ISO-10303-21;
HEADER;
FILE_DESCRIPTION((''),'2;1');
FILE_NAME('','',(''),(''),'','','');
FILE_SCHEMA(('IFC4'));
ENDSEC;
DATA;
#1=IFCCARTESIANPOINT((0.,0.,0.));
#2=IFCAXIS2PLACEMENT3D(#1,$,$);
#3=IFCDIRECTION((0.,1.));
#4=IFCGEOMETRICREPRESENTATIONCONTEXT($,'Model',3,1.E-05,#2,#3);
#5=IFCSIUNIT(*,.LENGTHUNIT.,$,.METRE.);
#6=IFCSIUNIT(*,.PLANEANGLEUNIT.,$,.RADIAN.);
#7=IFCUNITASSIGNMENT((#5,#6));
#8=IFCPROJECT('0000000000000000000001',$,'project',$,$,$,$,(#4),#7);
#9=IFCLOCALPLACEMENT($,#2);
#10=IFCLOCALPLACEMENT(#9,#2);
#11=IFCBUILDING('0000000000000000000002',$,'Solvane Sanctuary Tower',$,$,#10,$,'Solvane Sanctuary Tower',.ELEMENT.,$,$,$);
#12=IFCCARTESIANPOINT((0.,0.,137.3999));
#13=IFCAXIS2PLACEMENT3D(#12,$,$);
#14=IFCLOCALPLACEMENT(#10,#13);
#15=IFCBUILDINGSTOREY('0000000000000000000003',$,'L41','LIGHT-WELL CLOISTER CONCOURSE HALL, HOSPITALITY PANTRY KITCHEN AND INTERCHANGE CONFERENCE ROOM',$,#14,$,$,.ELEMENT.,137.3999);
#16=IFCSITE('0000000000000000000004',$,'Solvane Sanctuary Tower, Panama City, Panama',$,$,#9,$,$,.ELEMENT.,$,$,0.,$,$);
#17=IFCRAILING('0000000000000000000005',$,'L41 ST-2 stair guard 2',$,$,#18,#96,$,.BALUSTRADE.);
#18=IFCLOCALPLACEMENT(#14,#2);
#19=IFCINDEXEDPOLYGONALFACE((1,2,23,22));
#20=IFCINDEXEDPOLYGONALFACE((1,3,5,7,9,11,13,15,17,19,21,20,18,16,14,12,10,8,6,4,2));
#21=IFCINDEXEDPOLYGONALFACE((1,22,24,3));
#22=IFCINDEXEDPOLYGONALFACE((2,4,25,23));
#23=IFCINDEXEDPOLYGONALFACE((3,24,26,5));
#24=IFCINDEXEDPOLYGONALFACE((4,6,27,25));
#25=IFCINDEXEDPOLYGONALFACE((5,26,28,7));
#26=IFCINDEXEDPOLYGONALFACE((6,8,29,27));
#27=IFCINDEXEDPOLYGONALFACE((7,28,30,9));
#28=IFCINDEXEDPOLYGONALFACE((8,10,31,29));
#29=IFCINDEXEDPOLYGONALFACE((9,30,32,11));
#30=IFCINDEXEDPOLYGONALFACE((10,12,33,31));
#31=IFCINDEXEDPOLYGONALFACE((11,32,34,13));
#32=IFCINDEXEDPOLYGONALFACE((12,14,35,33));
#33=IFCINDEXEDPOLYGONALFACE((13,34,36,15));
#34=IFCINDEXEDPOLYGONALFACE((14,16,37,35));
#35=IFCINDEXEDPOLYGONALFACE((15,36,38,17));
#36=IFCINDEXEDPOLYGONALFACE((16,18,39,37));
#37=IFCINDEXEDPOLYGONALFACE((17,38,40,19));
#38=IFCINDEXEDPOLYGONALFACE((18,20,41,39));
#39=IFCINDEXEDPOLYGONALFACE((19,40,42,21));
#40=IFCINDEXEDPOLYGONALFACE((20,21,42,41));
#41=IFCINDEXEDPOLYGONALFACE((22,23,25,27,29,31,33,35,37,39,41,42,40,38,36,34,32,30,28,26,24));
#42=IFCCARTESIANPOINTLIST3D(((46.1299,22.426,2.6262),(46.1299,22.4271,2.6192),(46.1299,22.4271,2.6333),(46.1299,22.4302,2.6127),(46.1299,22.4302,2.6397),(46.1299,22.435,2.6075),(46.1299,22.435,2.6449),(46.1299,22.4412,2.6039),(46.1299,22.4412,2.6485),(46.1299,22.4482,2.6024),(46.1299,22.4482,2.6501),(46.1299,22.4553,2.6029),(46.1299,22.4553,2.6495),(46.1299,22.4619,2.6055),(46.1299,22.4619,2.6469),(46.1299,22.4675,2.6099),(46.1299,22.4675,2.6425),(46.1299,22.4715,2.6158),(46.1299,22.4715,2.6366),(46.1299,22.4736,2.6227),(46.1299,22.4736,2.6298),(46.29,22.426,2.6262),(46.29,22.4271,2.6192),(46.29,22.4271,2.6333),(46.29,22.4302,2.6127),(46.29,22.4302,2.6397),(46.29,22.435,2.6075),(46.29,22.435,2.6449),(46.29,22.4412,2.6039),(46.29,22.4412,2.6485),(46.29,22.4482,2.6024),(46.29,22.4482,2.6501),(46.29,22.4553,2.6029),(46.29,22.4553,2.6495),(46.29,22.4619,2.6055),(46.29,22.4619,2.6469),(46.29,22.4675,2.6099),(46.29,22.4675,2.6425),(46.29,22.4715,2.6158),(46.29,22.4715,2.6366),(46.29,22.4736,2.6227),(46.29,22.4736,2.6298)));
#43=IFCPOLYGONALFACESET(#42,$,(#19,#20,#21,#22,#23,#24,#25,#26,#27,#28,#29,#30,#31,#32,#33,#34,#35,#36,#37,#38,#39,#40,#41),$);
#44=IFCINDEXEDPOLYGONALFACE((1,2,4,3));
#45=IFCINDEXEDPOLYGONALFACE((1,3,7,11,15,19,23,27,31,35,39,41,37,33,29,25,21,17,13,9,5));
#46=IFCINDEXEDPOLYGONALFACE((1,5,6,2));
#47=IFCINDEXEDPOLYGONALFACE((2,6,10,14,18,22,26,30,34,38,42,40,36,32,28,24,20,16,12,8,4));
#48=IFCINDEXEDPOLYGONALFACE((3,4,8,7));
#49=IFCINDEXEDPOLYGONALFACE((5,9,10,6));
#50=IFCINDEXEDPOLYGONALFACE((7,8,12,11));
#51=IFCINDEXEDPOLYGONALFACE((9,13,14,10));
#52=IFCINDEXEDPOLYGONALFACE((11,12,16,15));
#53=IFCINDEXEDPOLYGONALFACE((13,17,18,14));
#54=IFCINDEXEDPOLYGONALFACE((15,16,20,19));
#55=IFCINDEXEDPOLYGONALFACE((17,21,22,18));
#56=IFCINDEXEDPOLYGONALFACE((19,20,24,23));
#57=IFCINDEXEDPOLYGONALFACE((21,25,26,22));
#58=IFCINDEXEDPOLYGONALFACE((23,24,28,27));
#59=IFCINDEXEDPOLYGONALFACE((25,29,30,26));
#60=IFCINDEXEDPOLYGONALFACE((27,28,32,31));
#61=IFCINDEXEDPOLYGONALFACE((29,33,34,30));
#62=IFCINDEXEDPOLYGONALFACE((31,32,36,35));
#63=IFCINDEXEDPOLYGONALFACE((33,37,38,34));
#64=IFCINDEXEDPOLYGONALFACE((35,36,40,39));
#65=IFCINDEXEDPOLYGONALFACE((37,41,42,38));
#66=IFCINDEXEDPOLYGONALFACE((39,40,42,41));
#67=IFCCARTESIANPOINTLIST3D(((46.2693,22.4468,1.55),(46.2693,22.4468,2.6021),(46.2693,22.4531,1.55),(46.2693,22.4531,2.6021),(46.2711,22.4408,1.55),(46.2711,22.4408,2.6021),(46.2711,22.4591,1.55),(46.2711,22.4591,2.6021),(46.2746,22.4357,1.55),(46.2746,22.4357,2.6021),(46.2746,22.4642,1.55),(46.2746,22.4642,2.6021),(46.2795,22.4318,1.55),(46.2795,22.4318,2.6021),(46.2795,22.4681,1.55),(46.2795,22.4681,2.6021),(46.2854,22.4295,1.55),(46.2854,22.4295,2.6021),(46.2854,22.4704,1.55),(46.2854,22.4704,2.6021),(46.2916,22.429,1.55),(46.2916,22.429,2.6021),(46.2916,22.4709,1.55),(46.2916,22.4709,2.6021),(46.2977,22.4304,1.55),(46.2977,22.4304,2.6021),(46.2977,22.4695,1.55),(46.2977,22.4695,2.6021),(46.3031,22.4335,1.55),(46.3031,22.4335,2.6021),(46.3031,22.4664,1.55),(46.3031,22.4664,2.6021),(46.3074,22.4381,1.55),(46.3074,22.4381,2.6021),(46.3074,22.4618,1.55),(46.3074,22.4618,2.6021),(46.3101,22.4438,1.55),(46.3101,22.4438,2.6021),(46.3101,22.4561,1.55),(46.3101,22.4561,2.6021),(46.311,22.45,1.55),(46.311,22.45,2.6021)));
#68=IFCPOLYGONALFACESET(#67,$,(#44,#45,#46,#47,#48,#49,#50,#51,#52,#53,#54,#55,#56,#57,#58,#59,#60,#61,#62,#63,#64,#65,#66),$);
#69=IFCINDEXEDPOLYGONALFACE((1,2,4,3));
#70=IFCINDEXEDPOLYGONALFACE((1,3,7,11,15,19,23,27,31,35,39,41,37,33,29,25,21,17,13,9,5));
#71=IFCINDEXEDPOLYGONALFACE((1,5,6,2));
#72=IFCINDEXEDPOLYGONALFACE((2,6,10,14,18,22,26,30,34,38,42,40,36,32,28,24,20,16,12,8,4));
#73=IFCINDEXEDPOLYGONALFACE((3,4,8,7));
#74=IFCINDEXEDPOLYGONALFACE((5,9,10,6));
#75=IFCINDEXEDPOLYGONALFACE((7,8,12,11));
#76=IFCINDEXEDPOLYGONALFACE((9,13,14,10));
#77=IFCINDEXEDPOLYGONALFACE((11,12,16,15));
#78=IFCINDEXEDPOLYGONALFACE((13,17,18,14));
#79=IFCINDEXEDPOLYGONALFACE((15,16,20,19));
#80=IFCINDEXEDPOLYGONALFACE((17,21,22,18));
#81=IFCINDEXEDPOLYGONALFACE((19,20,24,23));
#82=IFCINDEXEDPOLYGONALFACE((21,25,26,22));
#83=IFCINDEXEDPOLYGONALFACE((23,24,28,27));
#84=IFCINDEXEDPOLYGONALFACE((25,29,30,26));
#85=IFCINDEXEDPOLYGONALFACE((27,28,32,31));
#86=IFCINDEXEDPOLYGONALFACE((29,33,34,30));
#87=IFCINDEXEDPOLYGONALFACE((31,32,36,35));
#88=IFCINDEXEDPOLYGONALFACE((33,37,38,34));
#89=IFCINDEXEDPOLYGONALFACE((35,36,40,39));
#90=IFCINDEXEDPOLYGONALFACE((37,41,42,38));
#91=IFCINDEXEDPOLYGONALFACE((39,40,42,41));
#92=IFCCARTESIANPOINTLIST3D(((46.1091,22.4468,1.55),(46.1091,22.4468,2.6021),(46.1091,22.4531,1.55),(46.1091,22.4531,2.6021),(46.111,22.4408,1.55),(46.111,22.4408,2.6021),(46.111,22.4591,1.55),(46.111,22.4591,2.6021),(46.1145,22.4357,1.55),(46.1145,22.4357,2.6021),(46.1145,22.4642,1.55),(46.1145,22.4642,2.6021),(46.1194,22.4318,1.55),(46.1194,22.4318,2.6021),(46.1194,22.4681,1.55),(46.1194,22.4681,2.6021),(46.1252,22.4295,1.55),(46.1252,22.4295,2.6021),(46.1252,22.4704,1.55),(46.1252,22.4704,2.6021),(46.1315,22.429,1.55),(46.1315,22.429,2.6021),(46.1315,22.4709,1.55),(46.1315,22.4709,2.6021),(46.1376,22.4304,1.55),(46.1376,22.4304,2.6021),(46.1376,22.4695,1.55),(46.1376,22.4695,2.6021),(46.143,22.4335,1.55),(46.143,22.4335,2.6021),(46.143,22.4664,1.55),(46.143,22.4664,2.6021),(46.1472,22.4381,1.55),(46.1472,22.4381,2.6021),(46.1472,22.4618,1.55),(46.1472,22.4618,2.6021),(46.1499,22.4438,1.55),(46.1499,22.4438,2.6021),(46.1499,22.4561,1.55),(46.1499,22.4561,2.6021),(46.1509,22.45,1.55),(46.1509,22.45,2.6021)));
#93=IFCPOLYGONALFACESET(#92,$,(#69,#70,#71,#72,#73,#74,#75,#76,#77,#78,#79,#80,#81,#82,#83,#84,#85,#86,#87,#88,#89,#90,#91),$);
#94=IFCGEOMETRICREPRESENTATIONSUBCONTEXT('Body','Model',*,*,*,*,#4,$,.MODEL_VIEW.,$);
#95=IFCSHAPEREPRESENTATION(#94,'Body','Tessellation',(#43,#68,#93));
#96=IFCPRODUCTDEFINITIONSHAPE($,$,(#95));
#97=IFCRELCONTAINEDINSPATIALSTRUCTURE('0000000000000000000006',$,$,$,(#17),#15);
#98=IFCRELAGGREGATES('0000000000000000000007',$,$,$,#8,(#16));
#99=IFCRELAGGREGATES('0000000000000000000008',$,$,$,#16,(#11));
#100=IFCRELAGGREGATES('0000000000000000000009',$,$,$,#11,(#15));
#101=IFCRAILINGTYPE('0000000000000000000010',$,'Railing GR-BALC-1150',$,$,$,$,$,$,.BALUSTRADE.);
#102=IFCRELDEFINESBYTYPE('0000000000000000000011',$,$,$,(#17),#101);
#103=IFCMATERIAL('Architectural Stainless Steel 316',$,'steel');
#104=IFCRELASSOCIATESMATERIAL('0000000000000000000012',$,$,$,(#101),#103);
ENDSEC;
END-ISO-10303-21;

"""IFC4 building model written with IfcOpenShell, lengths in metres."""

from ifc_helpers import new_model, si_unit, direction, frame, origin, origin_2d, place, context, subcontext, project, spatial, circle, extrude, material, type_object, element, save


model = new_model("IFC4")

# Units and contexts
model_context = context("Model", 3, precision=1e-05, world=origin(), true_north=direction((0.0, 1.0)))
body_context = subcontext(model_context, "Body", "Model", "MODEL_VIEW")
ifc_project = project(units=[si_unit("LENGTHUNIT", "METRE"), si_unit("PLANEANGLEUNIT", "RADIAN")], contexts=[model_context])

# Site, building, storey
site_placement = place(None, origin())
site = spatial("IfcSite", under=ifc_project, at=site_placement, Name="Solvane Sanctuary Tower, Panama City, Panama", CompositionType="ELEMENT", RefElevation=0.0)
building_placement = place(site_placement, origin())
building = spatial("IfcBuilding", under=site, at=building_placement, Name="Solvane Sanctuary Tower", LongName="Solvane Sanctuary Tower", CompositionType="ELEMENT")
storey_placement = place(building_placement, frame((0.0, 0.0, 137.3999)))
storey = spatial("IfcBuildingStorey", under=building, at=storey_placement, Name="L41", Description="LIGHT-WELL CLOISTER CONCOURSE HALL, HOSPITALITY PANTRY KITCHEN AND INTERCHANGE CONFERENCE ROOM", CompositionType="ELEMENT", Elevation=137.3999)

# Shared definitions
ifc_material_1 = material(Name="Architectural Stainless Steel 316", Category="steel")

# Railing
railing_type_1 = type_object("IfcRailingType", Name="Railing GR-BALC-1150", PredefinedType="BALUSTRADE", material=ifc_material_1)
railing_1_placement = place(storey_placement, frame((46.29, 22.45, 1.55)))
element("IfcRailing", 1, at=railing_1_placement, inside=storey, type_object=railing_type_1, Name="L41 ST-2 stair guard 2", PredefinedType="BALUSTRADE", context=body_context, shape_type="SweptSolid", body=[
    extrude(circle(Radius=0.0239, at=origin_2d()), frame((0.0, 0.0, 1.0762), z_axis=(-1.0, 0.0, 0.0), x_axis=(0.0, -1.0, 0.0)), (0.0, 0.0, 1.0), 0.1602),
    extrude(circle(Radius=0.021, at=origin_2d()), origin(), (0.0, 0.0, 1.0), 1.052),
    extrude(circle(Radius=0.021, at=origin_2d()), frame((-0.1602, 0.0, 0.0)), (0.0, 0.0, 1.0), 1.052),
])

save(model, "model.ifc")
